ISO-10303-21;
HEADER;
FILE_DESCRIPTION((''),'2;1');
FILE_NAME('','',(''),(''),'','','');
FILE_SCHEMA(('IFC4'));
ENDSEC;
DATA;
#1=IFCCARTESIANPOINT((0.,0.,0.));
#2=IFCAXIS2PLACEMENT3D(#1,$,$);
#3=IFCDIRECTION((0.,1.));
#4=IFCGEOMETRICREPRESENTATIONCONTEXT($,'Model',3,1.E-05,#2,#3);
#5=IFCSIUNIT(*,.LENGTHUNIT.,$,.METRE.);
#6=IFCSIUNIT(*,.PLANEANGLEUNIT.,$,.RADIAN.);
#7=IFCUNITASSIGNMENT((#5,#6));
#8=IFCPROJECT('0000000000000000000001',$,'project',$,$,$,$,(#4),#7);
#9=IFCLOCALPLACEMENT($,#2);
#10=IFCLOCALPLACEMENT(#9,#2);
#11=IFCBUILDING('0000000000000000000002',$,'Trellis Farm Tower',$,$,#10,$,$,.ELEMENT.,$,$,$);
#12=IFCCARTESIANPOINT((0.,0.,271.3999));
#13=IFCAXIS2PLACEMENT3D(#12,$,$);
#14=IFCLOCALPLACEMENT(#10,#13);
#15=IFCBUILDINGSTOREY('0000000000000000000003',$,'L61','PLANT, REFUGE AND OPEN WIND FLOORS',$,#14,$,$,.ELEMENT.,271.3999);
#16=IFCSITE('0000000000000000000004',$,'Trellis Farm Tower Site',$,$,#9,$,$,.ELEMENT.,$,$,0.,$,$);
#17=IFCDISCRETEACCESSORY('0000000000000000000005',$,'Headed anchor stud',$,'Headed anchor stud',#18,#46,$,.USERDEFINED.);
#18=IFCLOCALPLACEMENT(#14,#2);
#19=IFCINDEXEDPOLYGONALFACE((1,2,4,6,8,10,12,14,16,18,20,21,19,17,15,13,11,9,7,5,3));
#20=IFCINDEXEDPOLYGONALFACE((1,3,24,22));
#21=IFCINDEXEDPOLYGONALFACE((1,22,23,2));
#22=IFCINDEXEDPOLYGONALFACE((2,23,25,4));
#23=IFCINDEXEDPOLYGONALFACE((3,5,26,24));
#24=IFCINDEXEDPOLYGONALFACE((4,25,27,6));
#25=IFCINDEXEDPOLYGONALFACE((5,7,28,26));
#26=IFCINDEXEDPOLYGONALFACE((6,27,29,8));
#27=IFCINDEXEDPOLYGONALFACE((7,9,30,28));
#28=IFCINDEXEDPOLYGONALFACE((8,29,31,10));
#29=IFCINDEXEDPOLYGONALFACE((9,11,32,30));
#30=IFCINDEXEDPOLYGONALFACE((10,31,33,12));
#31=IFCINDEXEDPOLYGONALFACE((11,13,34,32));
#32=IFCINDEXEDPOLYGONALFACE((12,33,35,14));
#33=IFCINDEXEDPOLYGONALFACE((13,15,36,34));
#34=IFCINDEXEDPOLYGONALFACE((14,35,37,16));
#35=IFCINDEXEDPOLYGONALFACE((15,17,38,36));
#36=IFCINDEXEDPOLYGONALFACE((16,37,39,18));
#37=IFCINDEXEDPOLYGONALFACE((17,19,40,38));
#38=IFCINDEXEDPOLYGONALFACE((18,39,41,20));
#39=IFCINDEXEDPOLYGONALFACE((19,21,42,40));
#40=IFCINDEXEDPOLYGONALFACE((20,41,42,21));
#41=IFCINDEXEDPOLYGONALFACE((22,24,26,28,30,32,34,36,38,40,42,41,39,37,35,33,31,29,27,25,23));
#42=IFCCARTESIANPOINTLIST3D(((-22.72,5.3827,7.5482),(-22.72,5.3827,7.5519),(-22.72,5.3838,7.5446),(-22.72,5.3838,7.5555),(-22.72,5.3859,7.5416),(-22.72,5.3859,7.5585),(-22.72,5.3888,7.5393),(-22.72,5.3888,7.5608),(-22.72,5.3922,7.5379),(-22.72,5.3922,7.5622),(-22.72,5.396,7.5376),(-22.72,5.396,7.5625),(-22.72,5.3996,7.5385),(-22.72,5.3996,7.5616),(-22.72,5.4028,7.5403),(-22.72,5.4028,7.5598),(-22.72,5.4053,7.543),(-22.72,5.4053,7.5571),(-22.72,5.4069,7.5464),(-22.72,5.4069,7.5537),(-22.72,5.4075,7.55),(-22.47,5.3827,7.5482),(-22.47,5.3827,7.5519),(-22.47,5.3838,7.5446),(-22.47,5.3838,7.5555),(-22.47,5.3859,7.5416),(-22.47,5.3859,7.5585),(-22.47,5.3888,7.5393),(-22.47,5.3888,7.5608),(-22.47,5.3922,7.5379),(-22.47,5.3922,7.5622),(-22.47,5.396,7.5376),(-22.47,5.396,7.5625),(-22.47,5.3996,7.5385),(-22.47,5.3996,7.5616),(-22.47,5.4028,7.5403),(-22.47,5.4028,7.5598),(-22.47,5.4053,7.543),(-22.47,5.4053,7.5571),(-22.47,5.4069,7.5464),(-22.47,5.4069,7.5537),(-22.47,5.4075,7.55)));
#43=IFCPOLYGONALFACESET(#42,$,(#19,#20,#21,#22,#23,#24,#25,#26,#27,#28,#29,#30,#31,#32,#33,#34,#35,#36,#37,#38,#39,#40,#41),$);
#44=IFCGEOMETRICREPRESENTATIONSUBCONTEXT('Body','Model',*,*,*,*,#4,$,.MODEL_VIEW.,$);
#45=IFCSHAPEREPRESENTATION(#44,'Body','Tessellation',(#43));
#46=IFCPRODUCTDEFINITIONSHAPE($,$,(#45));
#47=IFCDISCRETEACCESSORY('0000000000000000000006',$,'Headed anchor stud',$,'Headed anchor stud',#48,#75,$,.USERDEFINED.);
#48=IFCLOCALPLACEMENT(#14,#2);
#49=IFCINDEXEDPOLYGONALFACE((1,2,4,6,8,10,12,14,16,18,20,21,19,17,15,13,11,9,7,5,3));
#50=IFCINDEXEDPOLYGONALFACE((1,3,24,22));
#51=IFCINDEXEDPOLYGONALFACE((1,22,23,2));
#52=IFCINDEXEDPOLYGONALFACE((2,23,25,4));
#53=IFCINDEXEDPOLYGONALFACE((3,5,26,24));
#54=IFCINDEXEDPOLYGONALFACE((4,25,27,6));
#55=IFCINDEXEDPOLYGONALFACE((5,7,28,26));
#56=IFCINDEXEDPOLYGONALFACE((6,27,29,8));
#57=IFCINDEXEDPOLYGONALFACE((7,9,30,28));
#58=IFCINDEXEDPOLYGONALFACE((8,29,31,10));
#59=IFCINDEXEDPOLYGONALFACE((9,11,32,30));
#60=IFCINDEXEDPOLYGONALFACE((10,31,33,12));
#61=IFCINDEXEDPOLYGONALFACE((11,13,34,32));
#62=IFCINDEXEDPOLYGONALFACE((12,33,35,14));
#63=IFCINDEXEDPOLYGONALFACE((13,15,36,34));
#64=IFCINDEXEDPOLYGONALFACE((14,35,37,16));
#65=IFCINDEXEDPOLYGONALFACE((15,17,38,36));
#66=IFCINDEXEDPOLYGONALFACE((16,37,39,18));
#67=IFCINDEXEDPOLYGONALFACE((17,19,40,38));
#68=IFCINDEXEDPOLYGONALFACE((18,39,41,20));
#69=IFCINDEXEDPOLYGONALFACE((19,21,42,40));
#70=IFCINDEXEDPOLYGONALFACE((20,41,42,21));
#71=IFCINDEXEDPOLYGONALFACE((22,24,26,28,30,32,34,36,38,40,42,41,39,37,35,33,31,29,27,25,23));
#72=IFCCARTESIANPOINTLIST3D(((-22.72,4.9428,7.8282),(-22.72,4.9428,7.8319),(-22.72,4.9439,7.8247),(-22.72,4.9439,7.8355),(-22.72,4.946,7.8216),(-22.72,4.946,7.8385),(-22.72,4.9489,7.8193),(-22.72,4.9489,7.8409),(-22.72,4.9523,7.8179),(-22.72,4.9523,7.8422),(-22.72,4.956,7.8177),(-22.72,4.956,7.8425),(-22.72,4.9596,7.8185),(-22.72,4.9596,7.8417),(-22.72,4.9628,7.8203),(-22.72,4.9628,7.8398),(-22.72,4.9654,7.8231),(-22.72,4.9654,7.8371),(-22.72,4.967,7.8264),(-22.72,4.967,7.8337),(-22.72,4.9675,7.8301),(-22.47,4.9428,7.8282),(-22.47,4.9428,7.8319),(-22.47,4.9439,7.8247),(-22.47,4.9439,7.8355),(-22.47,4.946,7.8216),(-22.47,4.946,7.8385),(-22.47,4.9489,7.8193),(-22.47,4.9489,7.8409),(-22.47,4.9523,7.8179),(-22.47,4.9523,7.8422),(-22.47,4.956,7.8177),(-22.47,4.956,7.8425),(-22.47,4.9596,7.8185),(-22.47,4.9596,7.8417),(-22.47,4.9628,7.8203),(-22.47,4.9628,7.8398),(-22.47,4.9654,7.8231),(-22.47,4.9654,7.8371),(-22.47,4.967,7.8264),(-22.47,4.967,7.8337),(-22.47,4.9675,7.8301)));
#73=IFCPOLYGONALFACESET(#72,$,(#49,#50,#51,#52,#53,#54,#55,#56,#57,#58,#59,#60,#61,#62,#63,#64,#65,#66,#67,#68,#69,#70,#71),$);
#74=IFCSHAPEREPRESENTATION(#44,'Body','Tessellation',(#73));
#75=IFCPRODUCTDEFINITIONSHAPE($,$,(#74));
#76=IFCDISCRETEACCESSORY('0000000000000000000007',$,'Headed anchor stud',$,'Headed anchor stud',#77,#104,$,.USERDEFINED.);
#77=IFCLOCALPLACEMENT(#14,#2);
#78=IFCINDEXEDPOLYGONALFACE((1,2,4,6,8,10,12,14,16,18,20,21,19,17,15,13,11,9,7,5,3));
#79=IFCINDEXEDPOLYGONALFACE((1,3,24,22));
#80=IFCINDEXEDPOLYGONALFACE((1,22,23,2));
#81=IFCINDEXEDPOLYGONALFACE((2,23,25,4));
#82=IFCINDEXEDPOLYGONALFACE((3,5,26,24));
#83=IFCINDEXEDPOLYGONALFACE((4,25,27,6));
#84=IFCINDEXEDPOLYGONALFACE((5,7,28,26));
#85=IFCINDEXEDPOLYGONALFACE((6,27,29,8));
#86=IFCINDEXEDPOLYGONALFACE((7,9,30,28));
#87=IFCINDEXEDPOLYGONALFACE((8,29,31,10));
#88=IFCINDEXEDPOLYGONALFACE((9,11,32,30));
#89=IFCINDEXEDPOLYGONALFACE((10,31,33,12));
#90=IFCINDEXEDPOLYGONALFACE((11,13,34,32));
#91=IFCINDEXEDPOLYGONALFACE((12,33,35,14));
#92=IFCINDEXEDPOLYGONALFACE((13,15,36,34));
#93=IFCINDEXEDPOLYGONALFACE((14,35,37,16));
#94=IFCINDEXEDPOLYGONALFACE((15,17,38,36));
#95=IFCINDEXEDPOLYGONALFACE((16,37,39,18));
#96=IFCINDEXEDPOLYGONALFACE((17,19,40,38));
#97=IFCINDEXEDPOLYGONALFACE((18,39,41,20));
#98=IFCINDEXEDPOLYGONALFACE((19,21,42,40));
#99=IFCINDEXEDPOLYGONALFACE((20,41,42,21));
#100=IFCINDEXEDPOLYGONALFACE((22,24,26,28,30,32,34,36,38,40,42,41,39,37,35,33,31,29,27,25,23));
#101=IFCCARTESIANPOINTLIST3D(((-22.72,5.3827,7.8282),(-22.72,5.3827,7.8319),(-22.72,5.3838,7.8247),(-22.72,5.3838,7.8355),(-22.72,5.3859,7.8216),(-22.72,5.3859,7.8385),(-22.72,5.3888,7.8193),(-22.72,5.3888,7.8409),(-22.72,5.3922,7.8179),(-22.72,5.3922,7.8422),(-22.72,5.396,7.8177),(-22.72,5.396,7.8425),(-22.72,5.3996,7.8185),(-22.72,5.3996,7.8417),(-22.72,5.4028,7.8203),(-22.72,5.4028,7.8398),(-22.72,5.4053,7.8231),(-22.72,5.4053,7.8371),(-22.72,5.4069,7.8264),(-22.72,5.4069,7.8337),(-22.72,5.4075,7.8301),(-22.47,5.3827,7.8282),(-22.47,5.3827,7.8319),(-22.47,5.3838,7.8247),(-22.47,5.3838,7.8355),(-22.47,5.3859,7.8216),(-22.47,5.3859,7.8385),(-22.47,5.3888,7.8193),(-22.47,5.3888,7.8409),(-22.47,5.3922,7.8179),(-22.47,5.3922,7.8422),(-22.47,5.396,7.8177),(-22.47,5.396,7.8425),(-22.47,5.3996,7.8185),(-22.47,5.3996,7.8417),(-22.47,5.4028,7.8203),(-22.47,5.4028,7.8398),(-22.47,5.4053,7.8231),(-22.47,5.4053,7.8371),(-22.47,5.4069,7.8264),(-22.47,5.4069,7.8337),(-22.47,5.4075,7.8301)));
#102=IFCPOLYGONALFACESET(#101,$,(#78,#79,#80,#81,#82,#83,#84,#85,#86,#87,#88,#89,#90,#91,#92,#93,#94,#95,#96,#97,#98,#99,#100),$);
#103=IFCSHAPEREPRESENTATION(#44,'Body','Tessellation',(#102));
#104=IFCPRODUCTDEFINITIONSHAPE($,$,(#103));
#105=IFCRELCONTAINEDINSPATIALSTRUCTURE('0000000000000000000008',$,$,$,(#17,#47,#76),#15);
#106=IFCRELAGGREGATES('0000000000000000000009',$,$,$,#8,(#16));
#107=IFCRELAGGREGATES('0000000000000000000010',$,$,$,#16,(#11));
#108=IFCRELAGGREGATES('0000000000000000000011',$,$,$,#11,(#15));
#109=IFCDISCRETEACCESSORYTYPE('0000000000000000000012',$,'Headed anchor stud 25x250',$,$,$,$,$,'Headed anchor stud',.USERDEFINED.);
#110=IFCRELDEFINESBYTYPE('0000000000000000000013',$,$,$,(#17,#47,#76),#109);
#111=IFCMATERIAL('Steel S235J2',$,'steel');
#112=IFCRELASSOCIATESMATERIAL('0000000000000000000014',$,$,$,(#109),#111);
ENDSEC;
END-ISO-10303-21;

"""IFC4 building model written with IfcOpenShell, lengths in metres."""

from ifc_helpers import new_model, si_unit, direction, frame, origin, origin_2d, place, context, subcontext, project, spatial, circle, extrude, source, transform, mapped, material, material_profile, profile_set, type_object, element, save


model = new_model("IFC4")

# Units and contexts
model_context = context("Model", 3, precision=1e-05, world=origin(), true_north=direction((0.0, 1.0)))
body_context = subcontext(model_context, "Body", "Model", "MODEL_VIEW")
ifc_project = project(units=[si_unit("LENGTHUNIT", "METRE"), si_unit("PLANEANGLEUNIT", "RADIAN")], contexts=[model_context])

# Site, building, storey
site_placement = place(None, origin())
site = spatial("IfcSite", under=ifc_project, at=site_placement, Name="Trellis Farm Tower Site", CompositionType="ELEMENT", RefElevation=0.0)
building_placement = place(site_placement, origin())
building = spatial("IfcBuilding", under=site, at=building_placement, Name="Trellis Farm Tower", CompositionType="ELEMENT")
storey_placement = place(building_placement, frame((0.0, 0.0, 271.3999)))
storey = spatial("IfcBuildingStorey", under=building, at=storey_placement, Name="L61", Description="PLANT, REFUGE AND OPEN WIND FLOORS", CompositionType="ELEMENT", Elevation=271.3999)

# Discrete accessories
ifc_material_1 = material(Name="Steel S235J2", Category="steel")
ifc_material_profile_1 = material_profile(ifc_material_1, circle(Radius=0.0125, at=origin_2d()), Name="Headed anchor stud 25x250")
ifc_profile_set_1 = profile_set([ifc_material_profile_1], Name="Steel S235J2")
discrete_accessory_type = type_object("IfcDiscreteAccessoryType", Name="Headed anchor stud 25x250", ElementType="Headed anchor stud", PredefinedType="USERDEFINED", material=ifc_profile_set_1)
shared_shape_1 = source(origin(), body_context, "Body", "SweptSolid", [
    extrude(circle(Radius=0.0125, at=origin_2d()), origin(), (0.0, 0.0, 1.0), 0.25),
])
for number, where, z_axis, x_axis, name in (
    (1, (-22.72, 5.395, 7.55), (1.0, 0.0, 0.0), (0.0, 1.0, 0.0), "Headed anchor stud"),
    (2, (-22.72, 4.9551, 7.8301), (1.0, 0.0, 0.0), (0.0, 1.0, 0.0), "Headed anchor stud"),
    (3, (-22.72, 5.395, 7.8301), (1.0, 0.0, 0.0), (0.0, 1.0, 0.0), "Headed anchor stud"),
):
    element("IfcDiscreteAccessory", number, at=place(storey_placement, frame(where, z_axis=z_axis, x_axis=x_axis)), inside=storey, type_object=discrete_accessory_type, Name=name, ObjectType="Headed anchor stud", PredefinedType="USERDEFINED", context=body_context, shape_type="MappedRepresentation", body=[
        mapped(shared_shape_1, transform((0.0, 0.0, 0.0))),
    ])

save(model, "model.ifc")
